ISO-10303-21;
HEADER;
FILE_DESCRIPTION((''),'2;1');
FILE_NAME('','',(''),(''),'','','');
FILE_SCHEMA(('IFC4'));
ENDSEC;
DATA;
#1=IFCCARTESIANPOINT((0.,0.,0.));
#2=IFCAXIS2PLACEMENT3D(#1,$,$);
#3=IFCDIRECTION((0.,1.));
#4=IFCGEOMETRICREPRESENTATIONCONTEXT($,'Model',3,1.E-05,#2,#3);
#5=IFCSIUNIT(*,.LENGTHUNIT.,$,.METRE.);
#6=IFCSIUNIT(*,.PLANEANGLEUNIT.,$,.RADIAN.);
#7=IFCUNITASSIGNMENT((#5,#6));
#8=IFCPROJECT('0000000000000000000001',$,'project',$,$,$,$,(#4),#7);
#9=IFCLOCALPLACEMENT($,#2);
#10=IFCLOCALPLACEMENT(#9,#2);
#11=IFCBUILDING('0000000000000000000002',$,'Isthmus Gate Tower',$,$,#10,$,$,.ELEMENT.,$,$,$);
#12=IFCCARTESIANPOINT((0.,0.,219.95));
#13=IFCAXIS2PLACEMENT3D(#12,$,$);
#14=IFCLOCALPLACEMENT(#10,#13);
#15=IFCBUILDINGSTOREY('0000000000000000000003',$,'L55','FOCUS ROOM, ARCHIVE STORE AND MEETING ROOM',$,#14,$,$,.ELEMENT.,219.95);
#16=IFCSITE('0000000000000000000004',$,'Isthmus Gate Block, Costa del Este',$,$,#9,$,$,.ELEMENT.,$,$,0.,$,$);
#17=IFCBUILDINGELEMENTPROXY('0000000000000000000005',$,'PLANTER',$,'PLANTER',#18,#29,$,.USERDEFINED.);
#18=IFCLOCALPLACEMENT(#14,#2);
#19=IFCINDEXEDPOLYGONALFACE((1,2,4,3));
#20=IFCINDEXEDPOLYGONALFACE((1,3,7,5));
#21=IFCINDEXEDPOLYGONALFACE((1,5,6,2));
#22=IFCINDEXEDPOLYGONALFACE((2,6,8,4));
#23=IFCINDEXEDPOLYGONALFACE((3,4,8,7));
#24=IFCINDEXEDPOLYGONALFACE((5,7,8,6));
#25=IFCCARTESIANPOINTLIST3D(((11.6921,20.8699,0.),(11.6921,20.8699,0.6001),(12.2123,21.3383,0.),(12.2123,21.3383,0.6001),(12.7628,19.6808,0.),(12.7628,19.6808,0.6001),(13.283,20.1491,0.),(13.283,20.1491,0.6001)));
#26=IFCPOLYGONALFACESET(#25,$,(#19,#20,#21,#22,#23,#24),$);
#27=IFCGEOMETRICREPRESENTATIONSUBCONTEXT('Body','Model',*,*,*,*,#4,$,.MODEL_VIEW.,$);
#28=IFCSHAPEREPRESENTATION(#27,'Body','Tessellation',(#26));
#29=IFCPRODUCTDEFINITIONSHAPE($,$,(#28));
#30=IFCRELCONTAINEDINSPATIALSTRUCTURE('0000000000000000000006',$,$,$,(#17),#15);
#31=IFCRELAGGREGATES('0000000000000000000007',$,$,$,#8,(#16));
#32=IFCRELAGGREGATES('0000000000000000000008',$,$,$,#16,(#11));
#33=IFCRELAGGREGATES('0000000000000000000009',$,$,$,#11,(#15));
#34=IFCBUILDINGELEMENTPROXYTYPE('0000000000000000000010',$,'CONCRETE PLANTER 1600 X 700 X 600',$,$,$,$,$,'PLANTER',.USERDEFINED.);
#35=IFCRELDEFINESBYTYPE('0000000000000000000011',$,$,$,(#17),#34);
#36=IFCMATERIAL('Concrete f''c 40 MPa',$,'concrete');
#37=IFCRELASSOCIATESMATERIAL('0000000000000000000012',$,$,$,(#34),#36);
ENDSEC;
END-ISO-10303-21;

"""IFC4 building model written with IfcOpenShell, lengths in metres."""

from ifc_helpers import new_model, si_unit, direction, frame, origin, origin_2d, place, context, subcontext, project, spatial, rectangle, extrude, material, type_object, element, save


model = new_model("IFC4")

# Units and contexts
model_context = context("Model", 3, precision=1e-05, world=origin(), true_north=direction((0.0, 1.0)))
body_context = subcontext(model_context, "Body", "Model", "MODEL_VIEW")
ifc_project = project(units=[si_unit("LENGTHUNIT", "METRE"), si_unit("PLANEANGLEUNIT", "RADIAN")], contexts=[model_context])

# Site, building, storey
site_placement = place(None, origin())
site = spatial("IfcSite", under=ifc_project, at=site_placement, Name="Isthmus Gate Block, Costa del Este", CompositionType="ELEMENT", RefElevation=0.0)
building_placement = place(site_placement, origin())
building = spatial("IfcBuilding", under=site, at=building_placement, Name="Isthmus Gate Tower", CompositionType="ELEMENT")
storey_placement = place(building_placement, frame((0.0, 0.0, 219.95)))
storey = spatial("IfcBuildingStorey", under=building, at=storey_placement, Name="L55", Description="FOCUS ROOM, ARCHIVE STORE AND MEETING ROOM", CompositionType="ELEMENT", Elevation=219.95)

# Building element proxy
ifc_material_1 = material(Name="Concrete f'c 40 MPa", Category="concrete")
building_element_proxy_type = type_object("IfcBuildingElementProxyType", Name="CONCRETE PLANTER 1600 X 700 X 600", ElementType="PLANTER", PredefinedType="USERDEFINED", material=ifc_material_1)
for number, where, z_axis, x_axis, name in (
    (1, (12.4875, 20.5095, 0.0), (0.0, 0.0, 1.0), (-0.669131, 0.743145, 0.0), "PLANTER"),
):
    element("IfcBuildingElementProxy", number, at=place(storey_placement, frame(where, z_axis=z_axis, x_axis=x_axis)), inside=storey, type_object=building_element_proxy_type, Name=name, ObjectType="PLANTER", PredefinedType="USERDEFINED", context=body_context, shape_type="SweptSolid", body=[
        extrude(rectangle(XDim=1.6001, YDim=0.7, at=origin_2d()), origin(), (0.0, 0.0, 1.0), 0.6001),
    ])

save(model, "model.ifc")
